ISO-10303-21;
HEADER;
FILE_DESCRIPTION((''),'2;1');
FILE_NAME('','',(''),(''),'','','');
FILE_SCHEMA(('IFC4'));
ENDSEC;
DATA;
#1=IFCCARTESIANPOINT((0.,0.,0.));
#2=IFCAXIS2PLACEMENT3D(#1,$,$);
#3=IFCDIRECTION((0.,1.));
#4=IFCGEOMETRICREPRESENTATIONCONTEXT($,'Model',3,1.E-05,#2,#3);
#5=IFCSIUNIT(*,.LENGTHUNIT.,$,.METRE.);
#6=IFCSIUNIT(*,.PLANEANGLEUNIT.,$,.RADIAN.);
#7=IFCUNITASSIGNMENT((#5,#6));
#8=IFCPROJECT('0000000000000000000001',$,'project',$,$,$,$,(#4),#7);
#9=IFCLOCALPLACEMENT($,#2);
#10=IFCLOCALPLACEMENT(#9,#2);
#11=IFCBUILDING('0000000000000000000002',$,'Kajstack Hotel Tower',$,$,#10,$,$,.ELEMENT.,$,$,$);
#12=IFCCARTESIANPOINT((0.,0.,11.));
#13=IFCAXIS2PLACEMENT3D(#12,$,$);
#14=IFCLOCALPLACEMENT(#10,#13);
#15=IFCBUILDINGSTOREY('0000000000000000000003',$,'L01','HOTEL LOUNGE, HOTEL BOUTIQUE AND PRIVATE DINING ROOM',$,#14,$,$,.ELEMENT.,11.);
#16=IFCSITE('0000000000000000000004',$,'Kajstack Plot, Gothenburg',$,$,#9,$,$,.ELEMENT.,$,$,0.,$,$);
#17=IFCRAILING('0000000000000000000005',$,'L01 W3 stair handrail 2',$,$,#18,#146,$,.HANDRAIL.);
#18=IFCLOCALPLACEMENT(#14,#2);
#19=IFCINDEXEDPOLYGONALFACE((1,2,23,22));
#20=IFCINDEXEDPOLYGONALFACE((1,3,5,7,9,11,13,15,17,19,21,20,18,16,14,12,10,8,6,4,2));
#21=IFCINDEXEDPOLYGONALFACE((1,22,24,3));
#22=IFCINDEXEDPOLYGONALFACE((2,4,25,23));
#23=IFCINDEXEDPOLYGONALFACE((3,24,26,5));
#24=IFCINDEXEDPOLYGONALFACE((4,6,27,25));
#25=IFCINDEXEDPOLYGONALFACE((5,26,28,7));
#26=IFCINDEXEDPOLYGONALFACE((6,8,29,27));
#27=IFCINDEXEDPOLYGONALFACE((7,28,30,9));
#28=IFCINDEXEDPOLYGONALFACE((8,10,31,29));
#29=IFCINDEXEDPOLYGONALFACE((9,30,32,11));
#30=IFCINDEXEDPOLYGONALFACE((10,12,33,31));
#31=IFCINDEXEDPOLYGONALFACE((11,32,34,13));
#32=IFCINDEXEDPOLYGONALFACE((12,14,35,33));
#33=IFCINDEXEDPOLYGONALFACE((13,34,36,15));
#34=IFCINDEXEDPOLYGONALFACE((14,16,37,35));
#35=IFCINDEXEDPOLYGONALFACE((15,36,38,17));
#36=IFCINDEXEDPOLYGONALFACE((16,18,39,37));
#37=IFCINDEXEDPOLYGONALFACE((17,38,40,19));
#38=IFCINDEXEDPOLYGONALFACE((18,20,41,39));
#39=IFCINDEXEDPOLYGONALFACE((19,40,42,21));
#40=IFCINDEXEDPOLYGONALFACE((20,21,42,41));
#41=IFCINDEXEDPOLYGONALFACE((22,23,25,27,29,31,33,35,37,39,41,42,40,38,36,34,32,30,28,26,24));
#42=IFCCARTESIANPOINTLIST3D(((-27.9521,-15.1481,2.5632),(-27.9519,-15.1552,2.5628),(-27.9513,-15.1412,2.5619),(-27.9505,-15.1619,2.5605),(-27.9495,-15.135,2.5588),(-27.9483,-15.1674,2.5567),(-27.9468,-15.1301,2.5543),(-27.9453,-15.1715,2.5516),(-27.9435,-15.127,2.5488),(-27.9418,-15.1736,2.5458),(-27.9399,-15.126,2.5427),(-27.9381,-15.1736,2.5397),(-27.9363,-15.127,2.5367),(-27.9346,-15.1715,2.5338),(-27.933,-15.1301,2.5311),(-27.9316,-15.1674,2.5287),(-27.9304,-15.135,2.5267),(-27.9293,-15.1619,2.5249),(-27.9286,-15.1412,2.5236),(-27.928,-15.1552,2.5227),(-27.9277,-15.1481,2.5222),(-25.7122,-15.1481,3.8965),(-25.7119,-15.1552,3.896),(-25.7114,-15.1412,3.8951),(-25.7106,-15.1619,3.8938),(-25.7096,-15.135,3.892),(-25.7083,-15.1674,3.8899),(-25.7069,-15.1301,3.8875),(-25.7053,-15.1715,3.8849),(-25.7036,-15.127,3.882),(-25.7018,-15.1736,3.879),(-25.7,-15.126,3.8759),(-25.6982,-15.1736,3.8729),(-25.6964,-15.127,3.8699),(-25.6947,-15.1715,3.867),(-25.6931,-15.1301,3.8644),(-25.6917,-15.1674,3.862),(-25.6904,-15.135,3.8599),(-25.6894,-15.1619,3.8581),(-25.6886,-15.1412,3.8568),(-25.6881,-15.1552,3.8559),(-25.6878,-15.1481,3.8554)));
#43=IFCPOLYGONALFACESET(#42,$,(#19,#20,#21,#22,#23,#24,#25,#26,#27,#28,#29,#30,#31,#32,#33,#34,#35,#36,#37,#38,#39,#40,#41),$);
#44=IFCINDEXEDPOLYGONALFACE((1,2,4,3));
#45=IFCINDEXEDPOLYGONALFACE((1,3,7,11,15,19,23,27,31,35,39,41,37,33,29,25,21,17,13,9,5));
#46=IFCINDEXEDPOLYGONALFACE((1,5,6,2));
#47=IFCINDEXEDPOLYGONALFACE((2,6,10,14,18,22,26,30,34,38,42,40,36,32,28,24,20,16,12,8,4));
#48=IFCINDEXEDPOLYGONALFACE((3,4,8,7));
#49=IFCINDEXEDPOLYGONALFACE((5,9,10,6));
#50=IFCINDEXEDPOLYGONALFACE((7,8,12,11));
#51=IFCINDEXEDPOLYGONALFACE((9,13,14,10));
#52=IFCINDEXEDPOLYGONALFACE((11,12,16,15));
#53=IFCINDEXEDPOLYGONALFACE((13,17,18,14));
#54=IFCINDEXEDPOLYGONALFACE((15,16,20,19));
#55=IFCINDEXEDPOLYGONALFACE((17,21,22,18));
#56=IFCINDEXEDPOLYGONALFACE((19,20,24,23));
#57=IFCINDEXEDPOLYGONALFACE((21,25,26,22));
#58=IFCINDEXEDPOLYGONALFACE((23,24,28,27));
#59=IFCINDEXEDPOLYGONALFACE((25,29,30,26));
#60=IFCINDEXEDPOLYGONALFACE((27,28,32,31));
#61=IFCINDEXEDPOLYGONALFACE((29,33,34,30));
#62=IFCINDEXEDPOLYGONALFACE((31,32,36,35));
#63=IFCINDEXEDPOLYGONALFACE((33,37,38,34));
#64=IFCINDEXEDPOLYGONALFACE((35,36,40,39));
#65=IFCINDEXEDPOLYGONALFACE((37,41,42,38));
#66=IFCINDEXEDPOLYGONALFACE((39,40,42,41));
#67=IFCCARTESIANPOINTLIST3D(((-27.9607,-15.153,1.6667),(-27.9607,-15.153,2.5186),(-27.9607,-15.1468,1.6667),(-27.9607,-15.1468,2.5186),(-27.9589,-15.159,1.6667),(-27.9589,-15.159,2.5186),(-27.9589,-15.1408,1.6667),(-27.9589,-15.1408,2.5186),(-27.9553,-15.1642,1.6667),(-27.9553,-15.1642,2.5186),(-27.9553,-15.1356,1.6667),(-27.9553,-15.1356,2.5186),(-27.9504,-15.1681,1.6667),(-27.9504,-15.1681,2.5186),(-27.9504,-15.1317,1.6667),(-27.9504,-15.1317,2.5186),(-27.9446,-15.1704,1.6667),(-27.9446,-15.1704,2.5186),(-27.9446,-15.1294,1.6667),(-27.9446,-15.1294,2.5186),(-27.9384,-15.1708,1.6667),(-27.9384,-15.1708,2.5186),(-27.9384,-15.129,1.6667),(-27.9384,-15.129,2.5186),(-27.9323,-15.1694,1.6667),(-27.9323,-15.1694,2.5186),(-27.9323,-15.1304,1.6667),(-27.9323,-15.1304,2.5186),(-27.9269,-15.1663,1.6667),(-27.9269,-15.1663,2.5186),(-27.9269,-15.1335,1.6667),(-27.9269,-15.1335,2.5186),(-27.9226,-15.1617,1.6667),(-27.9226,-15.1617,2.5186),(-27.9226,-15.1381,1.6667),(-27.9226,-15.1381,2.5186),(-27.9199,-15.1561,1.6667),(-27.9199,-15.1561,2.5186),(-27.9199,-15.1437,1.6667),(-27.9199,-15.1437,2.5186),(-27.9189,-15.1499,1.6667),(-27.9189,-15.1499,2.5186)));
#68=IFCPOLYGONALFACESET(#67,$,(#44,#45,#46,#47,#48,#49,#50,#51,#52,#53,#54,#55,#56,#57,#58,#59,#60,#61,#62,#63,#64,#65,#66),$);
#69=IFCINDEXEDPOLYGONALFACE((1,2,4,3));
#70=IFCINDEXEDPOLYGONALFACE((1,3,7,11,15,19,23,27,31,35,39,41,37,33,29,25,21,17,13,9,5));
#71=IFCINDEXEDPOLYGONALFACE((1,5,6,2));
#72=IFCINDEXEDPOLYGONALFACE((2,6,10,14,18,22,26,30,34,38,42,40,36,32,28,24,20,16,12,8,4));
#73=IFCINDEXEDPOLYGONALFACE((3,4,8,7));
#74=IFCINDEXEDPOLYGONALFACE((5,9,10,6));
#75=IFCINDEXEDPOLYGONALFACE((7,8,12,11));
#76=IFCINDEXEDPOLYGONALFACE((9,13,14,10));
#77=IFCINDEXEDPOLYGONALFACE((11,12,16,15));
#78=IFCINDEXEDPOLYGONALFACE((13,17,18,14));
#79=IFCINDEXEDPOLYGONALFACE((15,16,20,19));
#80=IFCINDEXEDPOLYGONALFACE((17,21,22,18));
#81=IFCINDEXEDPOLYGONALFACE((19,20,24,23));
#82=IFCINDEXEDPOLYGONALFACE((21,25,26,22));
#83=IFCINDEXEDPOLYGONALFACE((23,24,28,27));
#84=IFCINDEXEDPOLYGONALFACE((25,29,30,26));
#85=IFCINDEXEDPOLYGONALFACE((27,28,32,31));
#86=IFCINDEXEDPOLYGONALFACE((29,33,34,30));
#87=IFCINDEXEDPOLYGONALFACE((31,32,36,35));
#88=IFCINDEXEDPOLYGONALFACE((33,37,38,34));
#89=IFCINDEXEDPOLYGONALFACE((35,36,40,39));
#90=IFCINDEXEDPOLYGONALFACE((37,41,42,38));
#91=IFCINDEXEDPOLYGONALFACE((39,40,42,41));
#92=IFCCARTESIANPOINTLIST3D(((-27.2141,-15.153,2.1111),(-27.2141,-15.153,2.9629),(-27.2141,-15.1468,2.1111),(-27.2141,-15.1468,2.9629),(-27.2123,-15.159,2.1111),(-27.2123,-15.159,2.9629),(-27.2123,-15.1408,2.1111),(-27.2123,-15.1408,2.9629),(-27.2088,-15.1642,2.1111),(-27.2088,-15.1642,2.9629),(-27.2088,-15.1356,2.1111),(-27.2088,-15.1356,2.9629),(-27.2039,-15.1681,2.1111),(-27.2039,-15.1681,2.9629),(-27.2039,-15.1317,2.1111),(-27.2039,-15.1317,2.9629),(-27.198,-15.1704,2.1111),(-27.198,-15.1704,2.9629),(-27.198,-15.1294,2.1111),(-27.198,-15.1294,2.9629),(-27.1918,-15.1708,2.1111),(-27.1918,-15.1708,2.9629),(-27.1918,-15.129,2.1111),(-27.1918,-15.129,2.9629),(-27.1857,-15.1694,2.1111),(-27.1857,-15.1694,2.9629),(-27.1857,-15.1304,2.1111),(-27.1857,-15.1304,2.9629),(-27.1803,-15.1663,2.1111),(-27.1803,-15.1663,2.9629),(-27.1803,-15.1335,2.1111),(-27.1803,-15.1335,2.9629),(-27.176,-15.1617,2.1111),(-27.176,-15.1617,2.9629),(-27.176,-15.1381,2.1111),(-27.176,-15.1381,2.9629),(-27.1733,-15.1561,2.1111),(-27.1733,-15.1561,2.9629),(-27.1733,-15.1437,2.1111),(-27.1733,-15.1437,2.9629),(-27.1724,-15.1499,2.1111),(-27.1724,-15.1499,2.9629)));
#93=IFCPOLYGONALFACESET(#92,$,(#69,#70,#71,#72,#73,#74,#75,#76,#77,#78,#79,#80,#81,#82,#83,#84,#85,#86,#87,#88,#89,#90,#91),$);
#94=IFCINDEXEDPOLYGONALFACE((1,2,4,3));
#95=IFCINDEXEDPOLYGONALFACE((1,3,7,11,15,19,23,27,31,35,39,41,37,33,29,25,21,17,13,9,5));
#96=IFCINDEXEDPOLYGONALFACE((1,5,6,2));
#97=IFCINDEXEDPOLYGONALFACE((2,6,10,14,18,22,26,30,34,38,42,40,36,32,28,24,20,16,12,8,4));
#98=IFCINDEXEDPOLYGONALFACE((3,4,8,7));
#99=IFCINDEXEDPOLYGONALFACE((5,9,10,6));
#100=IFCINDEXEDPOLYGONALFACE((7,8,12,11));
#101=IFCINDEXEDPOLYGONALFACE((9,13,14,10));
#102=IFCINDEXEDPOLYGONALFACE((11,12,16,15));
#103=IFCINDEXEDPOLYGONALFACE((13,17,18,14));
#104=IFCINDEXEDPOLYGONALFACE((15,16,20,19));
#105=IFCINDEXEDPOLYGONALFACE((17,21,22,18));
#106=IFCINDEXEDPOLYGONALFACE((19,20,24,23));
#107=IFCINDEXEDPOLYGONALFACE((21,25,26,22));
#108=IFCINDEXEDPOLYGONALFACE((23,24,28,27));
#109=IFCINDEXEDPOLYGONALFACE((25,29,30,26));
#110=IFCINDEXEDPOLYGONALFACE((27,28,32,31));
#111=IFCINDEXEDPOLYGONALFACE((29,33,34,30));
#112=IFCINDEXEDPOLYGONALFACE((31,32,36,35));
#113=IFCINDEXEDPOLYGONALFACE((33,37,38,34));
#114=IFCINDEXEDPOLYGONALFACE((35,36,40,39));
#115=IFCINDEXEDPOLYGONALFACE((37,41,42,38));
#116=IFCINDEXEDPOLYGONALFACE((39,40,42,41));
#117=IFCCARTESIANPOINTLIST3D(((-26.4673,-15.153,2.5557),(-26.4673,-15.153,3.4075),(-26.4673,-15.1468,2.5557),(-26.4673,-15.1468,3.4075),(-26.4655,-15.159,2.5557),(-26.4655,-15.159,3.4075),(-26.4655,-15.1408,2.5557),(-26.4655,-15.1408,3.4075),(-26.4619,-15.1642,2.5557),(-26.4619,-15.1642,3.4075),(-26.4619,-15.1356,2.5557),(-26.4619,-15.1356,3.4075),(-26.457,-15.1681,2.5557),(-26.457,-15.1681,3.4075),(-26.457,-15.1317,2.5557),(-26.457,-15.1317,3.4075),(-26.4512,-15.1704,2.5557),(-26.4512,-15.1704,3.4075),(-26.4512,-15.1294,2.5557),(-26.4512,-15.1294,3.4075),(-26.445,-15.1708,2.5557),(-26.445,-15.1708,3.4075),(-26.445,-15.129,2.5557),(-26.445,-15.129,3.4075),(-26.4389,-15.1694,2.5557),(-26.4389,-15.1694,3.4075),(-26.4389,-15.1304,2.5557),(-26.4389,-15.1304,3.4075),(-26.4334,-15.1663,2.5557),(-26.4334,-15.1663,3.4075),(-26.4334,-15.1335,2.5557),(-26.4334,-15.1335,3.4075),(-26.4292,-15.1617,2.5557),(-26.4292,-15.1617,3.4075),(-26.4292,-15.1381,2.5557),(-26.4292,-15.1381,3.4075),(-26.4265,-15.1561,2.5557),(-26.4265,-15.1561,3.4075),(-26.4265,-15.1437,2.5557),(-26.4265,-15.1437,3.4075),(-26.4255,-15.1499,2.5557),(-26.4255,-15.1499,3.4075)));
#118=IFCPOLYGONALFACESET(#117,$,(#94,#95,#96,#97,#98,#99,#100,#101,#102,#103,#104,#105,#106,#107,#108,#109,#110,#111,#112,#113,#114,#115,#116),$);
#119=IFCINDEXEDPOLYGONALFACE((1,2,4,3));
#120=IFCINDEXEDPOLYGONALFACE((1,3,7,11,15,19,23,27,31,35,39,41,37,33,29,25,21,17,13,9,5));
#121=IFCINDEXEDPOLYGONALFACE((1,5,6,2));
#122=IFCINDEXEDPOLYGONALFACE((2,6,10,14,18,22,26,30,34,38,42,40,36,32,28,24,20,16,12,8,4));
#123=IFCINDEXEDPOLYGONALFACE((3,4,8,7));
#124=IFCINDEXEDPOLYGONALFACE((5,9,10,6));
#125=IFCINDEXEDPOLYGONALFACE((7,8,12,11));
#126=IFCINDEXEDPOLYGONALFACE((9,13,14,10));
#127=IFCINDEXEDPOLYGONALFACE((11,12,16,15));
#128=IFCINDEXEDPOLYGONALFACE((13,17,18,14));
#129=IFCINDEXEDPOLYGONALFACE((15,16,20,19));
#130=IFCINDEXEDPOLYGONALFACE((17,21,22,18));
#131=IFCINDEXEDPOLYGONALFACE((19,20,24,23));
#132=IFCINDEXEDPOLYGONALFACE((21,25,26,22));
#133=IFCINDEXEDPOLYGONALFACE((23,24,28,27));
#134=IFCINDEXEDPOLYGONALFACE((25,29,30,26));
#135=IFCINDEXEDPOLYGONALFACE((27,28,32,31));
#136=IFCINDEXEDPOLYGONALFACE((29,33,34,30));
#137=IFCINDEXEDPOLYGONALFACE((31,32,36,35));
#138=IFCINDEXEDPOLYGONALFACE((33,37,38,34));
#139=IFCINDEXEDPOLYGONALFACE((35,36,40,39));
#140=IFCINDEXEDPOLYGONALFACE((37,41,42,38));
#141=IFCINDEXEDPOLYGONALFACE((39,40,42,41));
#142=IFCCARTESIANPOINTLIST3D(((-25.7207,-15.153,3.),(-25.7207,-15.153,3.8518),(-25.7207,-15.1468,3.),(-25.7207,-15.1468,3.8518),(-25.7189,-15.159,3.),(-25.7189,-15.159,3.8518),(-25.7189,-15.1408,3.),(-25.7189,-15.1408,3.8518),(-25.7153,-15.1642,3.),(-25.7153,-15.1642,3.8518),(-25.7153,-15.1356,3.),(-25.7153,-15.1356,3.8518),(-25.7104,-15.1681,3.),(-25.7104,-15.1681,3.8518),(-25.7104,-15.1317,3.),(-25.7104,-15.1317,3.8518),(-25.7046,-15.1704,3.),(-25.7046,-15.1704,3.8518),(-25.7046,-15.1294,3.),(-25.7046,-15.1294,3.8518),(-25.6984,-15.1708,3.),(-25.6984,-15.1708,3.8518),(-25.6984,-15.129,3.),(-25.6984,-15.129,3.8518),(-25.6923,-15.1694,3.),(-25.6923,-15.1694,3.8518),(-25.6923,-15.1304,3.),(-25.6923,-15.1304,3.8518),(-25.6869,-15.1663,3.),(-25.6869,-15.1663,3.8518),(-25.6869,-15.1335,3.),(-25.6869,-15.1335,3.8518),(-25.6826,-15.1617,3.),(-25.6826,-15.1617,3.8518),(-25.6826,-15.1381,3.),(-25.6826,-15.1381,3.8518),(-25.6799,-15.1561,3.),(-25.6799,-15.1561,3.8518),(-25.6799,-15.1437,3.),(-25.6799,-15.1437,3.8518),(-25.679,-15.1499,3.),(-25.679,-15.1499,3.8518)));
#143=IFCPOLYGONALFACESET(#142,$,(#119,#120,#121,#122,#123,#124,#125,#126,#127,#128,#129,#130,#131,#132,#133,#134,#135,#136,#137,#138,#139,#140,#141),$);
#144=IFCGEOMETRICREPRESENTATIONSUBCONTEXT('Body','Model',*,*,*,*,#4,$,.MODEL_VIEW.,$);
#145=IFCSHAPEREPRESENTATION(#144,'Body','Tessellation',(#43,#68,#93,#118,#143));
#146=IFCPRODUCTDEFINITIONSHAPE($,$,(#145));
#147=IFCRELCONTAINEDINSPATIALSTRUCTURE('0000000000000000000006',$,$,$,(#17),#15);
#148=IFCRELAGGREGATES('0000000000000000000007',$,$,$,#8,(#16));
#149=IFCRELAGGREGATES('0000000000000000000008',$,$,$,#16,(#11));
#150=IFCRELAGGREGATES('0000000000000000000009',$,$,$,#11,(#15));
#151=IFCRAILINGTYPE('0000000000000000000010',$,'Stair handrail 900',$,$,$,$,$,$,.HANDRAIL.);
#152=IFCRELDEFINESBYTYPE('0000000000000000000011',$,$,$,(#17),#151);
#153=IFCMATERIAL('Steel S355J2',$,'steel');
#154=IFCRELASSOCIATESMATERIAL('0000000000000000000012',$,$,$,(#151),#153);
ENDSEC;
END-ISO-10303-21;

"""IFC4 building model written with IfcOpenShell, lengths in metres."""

from ifc_helpers import new_model, si_unit, direction, frame, origin, origin_2d, place, context, subcontext, project, spatial, circle, extrude, material, type_object, element, save


model = new_model("IFC4")

# Units and contexts
model_context = context("Model", 3, precision=1e-05, world=origin(), true_north=direction((0.0, 1.0)))
body_context = subcontext(model_context, "Body", "Model", "MODEL_VIEW")
ifc_project = project(units=[si_unit("LENGTHUNIT", "METRE"), si_unit("PLANEANGLEUNIT", "RADIAN")], contexts=[model_context])

# Site, building, storey
site_placement = place(None, origin())
site = spatial("IfcSite", under=ifc_project, at=site_placement, Name="Kajstack Plot, Gothenburg", CompositionType="ELEMENT", RefElevation=0.0)
building_placement = place(site_placement, origin())
building = spatial("IfcBuilding", under=site, at=building_placement, Name="Kajstack Hotel Tower", CompositionType="ELEMENT")
storey_placement = place(building_placement, frame((0.0, 0.0, 11.0)))
storey = spatial("IfcBuildingStorey", under=building, at=storey_placement, Name="L01", Description="HOTEL LOUNGE, HOTEL BOUTIQUE AND PRIVATE DINING ROOM", CompositionType="ELEMENT", Elevation=11.0)

# Railing
ifc_material_1 = material(Name="Steel S355J2", Category="steel")
railing_type_1 = type_object("IfcRailingType", Name="Stair handrail 900", PredefinedType="HANDRAIL", material=ifc_material_1)
railing_1_placement = place(storey_placement, frame((-27.9399, -15.1499, 1.6667)))
element("IfcRailing", 1, at=railing_1_placement, inside=storey, type_object=railing_type_1, Name="L01 W3 stair handrail 2", PredefinedType="HANDRAIL", context=body_context, shape_type="SweptSolid", body=[
    extrude(circle(Radius=0.0239, at=origin_2d()), frame((0.0, 0.0, 0.876), z_axis=(0.859306, 0.0, 0.511462), x_axis=(0.0, 1.0, 0.0)), (0.0, 0.0, 1.0), 2.6067),
    extrude(circle(Radius=0.021, at=origin_2d()), origin(), (0.0, 0.0, 1.0), 0.8518),
    extrude(circle(Radius=0.021, at=origin_2d()), frame((0.7466, 0.0, 0.4443)), (0.0, 0.0, 1.0), 0.8518),
    extrude(circle(Radius=0.021, at=origin_2d()), frame((1.4934, 0.0, 0.8889)), (0.0, 0.0, 1.0), 0.8518),
    extrude(circle(Radius=0.021, at=origin_2d()), frame((2.24, 0.0, 1.3333)), (0.0, 0.0, 1.0), 0.8518),
])

save(model, "model.ifc")
